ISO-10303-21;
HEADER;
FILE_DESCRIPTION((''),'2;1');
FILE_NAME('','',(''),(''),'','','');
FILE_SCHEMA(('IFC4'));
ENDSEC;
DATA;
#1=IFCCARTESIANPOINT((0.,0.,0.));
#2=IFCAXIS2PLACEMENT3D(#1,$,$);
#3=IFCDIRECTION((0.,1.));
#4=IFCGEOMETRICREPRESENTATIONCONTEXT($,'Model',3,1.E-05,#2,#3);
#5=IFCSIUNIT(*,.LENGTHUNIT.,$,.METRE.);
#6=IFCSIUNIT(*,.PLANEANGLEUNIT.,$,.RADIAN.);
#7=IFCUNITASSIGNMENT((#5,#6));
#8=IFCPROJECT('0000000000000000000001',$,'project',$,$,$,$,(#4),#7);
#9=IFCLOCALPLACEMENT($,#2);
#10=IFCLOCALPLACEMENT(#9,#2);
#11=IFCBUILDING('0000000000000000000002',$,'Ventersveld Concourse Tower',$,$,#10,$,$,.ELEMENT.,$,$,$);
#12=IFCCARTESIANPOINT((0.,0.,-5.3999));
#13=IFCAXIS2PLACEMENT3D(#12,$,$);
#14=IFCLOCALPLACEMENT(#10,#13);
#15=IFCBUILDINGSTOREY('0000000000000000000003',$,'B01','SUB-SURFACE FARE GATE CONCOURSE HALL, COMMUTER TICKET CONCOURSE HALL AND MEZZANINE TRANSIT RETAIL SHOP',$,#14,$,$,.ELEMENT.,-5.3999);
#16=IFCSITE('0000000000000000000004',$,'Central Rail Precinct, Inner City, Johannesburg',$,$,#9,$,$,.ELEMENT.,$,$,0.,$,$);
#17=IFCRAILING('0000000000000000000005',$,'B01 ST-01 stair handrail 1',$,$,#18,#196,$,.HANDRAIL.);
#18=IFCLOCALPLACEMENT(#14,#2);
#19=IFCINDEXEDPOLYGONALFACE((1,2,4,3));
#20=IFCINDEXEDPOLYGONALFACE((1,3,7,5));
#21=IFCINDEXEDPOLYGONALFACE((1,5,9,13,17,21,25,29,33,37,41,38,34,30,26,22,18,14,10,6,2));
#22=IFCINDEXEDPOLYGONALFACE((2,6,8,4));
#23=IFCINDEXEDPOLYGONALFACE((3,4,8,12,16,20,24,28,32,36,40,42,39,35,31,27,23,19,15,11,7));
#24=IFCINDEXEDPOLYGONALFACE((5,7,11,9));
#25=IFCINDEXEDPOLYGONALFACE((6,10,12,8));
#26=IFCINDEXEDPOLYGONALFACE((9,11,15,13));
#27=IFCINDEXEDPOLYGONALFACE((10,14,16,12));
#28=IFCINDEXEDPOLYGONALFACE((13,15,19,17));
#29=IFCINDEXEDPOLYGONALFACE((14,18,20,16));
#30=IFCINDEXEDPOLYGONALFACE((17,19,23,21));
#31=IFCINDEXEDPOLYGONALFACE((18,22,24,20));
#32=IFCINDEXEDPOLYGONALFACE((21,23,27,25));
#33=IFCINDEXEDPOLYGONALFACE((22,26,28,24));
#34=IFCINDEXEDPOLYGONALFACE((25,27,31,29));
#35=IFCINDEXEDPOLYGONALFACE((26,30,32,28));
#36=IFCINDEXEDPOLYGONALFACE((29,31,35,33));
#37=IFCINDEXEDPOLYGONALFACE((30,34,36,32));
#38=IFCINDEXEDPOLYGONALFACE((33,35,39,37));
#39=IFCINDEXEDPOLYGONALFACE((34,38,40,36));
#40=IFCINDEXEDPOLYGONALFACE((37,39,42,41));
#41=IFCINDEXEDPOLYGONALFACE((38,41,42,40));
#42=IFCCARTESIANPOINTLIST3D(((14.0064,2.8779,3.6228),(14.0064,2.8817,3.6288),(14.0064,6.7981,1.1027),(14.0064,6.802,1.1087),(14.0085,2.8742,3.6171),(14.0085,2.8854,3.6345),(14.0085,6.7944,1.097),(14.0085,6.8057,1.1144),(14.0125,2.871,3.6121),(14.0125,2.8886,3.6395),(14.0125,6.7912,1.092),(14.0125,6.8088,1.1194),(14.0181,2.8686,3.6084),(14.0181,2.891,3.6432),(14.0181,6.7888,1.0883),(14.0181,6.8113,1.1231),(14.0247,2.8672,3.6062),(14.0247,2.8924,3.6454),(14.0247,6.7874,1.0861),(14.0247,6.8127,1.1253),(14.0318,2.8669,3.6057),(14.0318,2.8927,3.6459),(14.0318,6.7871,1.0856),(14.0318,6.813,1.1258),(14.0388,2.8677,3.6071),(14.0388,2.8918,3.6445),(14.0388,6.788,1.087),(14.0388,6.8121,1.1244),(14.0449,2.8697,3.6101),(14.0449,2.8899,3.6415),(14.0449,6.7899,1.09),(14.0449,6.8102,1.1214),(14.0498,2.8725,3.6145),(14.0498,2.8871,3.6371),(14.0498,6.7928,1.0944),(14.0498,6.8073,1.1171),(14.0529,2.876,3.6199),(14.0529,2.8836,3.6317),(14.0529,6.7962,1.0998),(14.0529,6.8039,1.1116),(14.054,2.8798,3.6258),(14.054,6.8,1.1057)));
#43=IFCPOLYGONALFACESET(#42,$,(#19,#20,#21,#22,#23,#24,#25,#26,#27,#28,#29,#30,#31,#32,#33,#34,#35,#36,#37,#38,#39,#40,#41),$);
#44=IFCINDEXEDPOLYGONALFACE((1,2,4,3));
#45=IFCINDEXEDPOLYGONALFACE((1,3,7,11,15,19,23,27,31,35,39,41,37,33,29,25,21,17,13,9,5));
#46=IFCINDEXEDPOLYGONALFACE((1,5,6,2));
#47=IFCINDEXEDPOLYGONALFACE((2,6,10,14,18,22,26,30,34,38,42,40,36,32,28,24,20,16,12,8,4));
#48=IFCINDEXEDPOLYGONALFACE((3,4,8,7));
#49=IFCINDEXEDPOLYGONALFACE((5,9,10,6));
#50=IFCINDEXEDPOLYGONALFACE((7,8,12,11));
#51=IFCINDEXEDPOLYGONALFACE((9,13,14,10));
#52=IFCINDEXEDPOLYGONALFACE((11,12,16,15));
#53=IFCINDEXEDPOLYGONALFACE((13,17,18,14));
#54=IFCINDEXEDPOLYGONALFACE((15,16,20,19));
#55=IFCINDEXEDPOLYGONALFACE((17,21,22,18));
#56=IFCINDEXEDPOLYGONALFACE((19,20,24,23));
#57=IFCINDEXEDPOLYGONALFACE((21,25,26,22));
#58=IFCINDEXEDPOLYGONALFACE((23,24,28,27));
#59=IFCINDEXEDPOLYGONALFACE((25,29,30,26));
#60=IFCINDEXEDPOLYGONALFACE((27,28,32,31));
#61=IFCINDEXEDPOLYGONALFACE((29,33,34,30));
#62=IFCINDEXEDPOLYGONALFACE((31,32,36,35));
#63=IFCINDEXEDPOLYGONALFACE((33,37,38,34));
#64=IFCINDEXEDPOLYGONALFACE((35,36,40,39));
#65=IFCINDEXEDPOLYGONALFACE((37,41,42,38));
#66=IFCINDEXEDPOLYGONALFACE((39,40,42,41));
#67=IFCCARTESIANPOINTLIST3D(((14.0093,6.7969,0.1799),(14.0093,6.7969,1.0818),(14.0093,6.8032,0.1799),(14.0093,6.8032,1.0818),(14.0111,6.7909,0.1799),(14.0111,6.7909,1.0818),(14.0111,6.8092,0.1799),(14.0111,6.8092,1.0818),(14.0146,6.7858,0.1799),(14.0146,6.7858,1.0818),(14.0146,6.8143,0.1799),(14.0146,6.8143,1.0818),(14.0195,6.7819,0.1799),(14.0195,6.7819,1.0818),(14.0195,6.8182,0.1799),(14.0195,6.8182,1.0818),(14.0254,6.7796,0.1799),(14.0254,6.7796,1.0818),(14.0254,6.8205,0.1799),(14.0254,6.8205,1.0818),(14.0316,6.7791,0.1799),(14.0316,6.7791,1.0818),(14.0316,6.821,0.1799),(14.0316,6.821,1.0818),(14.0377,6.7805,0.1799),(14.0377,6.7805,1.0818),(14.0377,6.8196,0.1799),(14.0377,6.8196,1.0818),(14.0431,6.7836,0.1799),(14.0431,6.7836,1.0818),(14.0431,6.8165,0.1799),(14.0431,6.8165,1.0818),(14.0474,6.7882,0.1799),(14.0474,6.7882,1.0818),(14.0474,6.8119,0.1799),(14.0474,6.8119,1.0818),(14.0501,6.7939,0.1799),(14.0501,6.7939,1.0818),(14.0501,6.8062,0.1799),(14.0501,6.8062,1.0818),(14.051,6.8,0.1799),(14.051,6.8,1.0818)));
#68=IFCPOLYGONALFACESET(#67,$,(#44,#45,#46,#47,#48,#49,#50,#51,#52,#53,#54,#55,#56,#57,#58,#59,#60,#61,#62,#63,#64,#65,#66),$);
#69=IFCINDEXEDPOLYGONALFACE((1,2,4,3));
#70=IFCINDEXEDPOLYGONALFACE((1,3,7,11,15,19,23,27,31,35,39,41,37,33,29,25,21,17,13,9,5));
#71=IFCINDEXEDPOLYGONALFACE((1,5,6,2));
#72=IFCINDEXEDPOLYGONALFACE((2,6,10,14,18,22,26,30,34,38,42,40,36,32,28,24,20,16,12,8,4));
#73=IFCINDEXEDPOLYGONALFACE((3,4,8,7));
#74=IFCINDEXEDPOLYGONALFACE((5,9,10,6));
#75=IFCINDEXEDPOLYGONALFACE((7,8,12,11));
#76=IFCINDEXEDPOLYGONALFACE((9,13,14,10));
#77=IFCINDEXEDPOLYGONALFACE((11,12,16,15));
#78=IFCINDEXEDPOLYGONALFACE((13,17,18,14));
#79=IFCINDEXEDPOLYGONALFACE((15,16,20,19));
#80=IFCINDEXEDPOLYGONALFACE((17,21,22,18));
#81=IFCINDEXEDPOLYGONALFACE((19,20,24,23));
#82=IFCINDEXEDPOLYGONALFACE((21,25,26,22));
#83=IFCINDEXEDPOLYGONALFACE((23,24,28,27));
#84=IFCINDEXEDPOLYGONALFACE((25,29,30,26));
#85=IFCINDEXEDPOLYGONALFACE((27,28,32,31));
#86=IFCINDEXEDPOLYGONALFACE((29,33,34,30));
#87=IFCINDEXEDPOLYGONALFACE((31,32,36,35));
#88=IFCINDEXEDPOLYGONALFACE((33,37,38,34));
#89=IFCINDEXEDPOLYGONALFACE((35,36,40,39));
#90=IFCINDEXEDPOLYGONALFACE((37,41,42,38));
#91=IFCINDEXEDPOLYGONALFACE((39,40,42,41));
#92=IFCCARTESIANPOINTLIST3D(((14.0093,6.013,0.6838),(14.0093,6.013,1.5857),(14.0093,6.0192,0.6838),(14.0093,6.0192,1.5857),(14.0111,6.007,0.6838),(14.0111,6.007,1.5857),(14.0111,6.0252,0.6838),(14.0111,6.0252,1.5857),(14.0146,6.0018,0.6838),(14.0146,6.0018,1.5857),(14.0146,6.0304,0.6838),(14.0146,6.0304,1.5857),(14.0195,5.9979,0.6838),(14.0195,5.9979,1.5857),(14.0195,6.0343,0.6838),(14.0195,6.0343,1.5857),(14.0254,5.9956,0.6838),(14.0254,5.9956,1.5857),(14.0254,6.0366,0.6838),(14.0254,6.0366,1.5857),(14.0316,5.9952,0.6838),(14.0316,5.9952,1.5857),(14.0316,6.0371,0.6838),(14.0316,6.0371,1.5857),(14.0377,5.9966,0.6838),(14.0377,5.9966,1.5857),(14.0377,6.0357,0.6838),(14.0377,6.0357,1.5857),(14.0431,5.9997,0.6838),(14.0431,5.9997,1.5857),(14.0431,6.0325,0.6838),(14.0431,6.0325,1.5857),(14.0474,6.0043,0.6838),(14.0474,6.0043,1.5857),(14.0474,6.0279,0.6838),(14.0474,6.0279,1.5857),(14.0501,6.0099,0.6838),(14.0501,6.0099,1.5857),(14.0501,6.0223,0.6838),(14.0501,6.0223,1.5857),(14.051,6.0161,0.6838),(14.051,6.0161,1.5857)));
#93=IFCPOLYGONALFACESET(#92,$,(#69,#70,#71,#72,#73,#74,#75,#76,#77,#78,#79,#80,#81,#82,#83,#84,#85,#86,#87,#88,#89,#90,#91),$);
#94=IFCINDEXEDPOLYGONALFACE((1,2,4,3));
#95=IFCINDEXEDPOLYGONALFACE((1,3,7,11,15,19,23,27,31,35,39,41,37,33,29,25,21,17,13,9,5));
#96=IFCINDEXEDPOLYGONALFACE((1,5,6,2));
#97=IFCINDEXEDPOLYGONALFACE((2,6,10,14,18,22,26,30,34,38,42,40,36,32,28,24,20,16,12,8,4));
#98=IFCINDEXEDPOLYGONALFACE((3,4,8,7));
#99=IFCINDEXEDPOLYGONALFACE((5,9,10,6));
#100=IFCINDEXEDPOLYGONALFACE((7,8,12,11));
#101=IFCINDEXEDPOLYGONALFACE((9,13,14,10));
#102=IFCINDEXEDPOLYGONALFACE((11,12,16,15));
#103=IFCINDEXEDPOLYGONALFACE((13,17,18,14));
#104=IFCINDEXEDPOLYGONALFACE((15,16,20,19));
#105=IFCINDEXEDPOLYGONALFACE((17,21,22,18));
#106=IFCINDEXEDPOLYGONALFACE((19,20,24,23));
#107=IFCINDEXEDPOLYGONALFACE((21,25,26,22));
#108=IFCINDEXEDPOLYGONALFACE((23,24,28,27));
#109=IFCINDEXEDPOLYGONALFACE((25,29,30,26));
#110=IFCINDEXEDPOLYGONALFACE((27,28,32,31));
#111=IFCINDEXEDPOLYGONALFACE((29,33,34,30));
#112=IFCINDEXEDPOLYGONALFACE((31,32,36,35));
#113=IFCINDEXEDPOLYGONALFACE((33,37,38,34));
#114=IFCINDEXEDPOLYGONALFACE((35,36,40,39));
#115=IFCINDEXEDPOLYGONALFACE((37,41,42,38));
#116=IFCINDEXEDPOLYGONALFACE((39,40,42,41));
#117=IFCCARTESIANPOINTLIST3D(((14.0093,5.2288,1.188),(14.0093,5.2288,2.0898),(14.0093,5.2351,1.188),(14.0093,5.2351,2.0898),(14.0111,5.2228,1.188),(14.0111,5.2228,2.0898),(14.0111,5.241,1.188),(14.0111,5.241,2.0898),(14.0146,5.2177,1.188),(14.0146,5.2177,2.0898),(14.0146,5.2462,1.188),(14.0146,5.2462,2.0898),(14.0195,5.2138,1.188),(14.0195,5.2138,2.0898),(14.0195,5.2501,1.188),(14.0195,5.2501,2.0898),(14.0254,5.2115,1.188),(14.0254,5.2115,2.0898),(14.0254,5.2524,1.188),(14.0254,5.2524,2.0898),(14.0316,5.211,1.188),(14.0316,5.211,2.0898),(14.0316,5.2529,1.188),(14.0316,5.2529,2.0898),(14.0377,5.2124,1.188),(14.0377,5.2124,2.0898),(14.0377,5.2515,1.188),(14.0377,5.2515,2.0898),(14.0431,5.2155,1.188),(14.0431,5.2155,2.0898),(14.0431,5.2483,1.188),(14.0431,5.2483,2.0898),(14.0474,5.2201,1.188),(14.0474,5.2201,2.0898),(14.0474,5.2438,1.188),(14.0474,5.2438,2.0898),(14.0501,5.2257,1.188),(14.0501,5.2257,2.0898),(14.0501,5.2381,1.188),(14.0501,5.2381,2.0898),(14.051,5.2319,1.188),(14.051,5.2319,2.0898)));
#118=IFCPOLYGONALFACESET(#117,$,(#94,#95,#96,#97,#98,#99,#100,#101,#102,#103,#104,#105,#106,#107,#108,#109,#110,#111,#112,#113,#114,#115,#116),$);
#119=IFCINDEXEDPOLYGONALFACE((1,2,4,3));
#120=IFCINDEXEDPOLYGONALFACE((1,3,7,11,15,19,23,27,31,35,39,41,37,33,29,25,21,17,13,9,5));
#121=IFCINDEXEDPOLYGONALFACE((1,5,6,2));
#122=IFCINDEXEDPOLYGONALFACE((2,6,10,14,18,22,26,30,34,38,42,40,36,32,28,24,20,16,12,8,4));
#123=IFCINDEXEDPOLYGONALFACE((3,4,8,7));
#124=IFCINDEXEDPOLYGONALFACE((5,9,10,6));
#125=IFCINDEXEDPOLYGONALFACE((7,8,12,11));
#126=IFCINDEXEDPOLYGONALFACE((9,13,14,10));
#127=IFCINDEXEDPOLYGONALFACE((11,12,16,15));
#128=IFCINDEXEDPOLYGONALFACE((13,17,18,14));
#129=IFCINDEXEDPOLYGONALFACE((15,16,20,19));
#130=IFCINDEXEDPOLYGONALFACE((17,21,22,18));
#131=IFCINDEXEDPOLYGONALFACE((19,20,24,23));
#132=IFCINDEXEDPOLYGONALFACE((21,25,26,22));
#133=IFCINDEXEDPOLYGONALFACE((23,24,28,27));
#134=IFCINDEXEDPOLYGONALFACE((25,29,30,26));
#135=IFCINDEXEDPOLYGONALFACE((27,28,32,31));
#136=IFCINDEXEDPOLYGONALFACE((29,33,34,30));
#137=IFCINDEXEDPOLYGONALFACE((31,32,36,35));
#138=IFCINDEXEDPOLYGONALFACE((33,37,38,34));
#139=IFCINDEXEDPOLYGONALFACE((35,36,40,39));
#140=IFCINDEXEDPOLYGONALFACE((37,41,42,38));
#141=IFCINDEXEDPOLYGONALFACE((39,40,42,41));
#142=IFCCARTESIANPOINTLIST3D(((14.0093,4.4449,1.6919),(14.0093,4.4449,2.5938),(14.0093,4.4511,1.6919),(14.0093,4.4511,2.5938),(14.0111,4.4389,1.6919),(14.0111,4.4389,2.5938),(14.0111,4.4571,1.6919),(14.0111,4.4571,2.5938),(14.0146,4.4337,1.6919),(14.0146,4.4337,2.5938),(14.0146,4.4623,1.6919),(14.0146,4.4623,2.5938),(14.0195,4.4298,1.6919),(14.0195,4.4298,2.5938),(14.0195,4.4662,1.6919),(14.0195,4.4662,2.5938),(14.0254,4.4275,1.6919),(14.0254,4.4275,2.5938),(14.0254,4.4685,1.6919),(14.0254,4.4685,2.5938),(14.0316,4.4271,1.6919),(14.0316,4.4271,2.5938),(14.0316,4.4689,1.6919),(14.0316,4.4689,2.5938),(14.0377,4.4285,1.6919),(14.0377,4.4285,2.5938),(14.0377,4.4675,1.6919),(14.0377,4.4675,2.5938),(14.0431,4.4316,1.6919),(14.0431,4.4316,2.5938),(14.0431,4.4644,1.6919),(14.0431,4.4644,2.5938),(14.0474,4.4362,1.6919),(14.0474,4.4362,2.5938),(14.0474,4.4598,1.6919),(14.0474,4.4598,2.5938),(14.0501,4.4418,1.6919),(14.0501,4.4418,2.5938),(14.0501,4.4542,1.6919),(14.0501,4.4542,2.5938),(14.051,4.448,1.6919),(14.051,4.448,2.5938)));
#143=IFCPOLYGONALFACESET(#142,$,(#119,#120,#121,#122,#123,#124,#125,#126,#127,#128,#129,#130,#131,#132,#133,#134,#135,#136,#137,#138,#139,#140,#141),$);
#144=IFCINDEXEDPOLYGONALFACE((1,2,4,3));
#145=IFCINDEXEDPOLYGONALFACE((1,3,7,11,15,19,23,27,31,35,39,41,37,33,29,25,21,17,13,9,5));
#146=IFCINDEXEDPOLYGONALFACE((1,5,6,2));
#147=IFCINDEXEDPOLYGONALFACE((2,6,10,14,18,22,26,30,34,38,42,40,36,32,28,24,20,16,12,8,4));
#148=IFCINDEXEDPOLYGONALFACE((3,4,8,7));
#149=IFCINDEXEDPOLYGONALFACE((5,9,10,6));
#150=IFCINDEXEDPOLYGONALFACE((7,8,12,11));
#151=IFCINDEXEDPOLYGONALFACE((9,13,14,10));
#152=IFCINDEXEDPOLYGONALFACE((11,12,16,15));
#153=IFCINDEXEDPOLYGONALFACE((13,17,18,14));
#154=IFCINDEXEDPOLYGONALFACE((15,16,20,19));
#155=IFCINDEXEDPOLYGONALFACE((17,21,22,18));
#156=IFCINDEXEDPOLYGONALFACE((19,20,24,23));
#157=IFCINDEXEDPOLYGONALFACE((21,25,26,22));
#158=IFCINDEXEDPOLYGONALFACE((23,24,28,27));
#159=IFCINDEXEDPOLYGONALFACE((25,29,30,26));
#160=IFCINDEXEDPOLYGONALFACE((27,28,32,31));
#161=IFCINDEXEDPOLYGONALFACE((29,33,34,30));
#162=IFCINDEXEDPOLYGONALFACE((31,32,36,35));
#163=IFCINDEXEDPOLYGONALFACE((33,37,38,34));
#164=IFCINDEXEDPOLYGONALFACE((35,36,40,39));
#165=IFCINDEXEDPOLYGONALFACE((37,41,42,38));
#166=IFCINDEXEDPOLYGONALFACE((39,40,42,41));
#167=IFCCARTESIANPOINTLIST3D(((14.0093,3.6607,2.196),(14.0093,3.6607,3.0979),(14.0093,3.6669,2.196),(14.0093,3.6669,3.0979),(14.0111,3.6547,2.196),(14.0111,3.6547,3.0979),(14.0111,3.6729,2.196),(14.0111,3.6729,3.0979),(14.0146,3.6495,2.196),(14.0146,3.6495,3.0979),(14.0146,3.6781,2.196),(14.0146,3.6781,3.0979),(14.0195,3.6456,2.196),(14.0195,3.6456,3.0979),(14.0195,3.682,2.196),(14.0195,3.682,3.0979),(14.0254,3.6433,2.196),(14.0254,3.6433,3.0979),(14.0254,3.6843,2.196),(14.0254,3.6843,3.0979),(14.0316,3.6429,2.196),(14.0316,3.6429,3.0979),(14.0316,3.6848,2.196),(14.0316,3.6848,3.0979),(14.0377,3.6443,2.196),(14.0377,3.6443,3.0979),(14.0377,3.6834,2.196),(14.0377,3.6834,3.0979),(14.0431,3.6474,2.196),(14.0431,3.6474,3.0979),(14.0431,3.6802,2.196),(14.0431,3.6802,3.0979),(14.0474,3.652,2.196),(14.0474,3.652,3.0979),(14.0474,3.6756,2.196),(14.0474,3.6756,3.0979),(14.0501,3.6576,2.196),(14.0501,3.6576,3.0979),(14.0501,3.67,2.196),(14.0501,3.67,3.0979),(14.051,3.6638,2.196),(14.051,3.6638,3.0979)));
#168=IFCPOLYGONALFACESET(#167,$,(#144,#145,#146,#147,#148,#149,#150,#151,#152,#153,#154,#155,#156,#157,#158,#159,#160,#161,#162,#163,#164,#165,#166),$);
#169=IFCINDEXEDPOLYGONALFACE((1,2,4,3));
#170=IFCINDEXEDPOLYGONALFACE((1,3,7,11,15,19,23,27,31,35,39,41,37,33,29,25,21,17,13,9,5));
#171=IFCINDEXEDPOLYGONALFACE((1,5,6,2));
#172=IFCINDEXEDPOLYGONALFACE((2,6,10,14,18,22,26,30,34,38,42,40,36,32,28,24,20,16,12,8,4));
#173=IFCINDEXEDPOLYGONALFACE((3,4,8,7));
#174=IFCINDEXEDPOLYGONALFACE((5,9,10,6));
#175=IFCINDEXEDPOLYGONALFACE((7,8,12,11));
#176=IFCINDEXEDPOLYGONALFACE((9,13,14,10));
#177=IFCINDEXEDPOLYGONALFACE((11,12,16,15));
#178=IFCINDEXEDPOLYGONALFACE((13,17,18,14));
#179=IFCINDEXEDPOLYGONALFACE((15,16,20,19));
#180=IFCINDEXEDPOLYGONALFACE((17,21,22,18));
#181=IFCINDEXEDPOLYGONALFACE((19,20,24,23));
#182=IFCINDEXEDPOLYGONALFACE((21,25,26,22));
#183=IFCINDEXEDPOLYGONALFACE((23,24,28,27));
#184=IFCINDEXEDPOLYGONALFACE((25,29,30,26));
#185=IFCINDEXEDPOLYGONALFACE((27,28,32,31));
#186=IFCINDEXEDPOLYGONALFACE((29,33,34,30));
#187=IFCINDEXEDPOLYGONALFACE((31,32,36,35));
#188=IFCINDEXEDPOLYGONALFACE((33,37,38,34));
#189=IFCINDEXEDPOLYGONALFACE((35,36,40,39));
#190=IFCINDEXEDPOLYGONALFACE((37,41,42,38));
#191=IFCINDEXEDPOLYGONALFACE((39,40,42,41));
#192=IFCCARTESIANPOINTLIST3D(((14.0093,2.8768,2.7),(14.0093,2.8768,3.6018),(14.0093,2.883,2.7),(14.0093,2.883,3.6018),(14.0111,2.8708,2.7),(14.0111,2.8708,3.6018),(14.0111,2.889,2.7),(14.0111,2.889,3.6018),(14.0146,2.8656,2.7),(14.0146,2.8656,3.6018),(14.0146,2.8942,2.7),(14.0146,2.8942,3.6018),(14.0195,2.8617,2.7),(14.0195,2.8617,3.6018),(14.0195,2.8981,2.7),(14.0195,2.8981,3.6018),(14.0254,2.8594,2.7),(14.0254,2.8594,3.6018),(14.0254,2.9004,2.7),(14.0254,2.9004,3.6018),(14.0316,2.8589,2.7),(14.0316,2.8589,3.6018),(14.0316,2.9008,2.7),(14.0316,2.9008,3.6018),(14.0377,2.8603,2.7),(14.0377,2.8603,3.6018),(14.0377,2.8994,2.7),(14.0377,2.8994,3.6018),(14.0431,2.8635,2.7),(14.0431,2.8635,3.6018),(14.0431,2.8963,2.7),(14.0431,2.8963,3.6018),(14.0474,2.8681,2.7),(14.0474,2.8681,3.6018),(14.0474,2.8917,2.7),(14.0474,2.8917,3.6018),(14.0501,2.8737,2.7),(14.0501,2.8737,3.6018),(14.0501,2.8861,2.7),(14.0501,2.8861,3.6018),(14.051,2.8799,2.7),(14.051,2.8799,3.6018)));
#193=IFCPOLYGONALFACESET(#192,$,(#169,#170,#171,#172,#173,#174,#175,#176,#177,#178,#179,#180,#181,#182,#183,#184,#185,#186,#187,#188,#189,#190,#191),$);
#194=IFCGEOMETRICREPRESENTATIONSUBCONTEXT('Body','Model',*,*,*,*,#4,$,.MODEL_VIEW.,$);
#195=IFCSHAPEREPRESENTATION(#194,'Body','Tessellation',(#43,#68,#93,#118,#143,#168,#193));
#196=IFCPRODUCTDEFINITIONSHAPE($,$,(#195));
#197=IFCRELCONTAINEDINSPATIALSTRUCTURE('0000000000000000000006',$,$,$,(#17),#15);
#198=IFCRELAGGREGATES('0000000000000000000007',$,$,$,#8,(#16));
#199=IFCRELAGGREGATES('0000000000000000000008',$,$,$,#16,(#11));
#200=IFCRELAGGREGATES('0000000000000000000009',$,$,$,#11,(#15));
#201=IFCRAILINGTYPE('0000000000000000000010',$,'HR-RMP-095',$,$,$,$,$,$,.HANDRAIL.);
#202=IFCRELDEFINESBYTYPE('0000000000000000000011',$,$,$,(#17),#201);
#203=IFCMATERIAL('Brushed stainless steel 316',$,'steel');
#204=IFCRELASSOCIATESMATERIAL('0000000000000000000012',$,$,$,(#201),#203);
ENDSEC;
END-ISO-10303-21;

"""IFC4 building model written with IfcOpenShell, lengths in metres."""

from ifc_helpers import new_model, si_unit, direction, frame, origin, origin_2d, place, context, subcontext, project, spatial, circle, extrude, material, type_object, element, save


model = new_model("IFC4")

# Units and contexts
model_context = context("Model", 3, precision=1e-05, world=origin(), true_north=direction((0.0, 1.0)))
body_context = subcontext(model_context, "Body", "Model", "MODEL_VIEW")
ifc_project = project(units=[si_unit("LENGTHUNIT", "METRE"), si_unit("PLANEANGLEUNIT", "RADIAN")], contexts=[model_context])

# Site, building, storey
site_placement = place(None, origin())
site = spatial("IfcSite", under=ifc_project, at=site_placement, Name="Central Rail Precinct, Inner City, Johannesburg", CompositionType="ELEMENT", RefElevation=0.0)
building_placement = place(site_placement, origin())
building = spatial("IfcBuilding", under=site, at=building_placement, Name="Ventersveld Concourse Tower", CompositionType="ELEMENT")
storey_placement = place(building_placement, frame((0.0, 0.0, -5.3999)))
storey = spatial("IfcBuildingStorey", under=building, at=storey_placement, Name="B01", Description="SUB-SURFACE FARE GATE CONCOURSE HALL, COMMUTER TICKET CONCOURSE HALL AND MEZZANINE TRANSIT RETAIL SHOP", CompositionType="ELEMENT", Elevation=-5.3999)

# Railing
ifc_material_1 = material(Name="Brushed stainless steel 316", Category="steel")
railing_type_1 = type_object("IfcRailingType", Name="HR-RMP-095", PredefinedType="HANDRAIL", material=ifc_material_1)
railing_1_placement = place(storey_placement, frame((14.03, 6.8, 0.1799)))
element("IfcRailing", 1, at=railing_1_placement, inside=storey, type_object=railing_type_1, Name="B01 ST-01 stair handrail 1", PredefinedType="HANDRAIL", context=body_context, shape_type="SweptSolid", body=[
    extrude(circle(Radius=0.0239, at=origin_2d()), frame((0.0, 0.0, 0.9258), z_axis=(0.0, -0.841187, 0.540744), x_axis=(1.0, 0.0, 0.0)), (0.0, 0.0, 1.0), 4.6604),
    extrude(circle(Radius=0.021, at=origin_2d()), origin(), (0.0, 0.0, 1.0), 0.9019),
    extrude(circle(Radius=0.021, at=origin_2d()), frame((0.0, -0.7839, 0.5039)), (0.0, 0.0, 1.0), 0.9019),
    extrude(circle(Radius=0.021, at=origin_2d()), frame((0.0, -1.5681, 1.0081)), (0.0, 0.0, 1.0), 0.9019),
    extrude(circle(Radius=0.021, at=origin_2d()), frame((0.0, -2.3521, 1.512)), (0.0, 0.0, 1.0), 0.9019),
    extrude(circle(Radius=0.021, at=origin_2d()), frame((0.0, -3.1362, 2.0161)), (0.0, 0.0, 1.0), 0.9019),
    extrude(circle(Radius=0.021, at=origin_2d()), frame((0.0, -3.9202, 2.52)), (0.0, 0.0, 1.0), 0.9019),
])

save(model, "model.ifc")
